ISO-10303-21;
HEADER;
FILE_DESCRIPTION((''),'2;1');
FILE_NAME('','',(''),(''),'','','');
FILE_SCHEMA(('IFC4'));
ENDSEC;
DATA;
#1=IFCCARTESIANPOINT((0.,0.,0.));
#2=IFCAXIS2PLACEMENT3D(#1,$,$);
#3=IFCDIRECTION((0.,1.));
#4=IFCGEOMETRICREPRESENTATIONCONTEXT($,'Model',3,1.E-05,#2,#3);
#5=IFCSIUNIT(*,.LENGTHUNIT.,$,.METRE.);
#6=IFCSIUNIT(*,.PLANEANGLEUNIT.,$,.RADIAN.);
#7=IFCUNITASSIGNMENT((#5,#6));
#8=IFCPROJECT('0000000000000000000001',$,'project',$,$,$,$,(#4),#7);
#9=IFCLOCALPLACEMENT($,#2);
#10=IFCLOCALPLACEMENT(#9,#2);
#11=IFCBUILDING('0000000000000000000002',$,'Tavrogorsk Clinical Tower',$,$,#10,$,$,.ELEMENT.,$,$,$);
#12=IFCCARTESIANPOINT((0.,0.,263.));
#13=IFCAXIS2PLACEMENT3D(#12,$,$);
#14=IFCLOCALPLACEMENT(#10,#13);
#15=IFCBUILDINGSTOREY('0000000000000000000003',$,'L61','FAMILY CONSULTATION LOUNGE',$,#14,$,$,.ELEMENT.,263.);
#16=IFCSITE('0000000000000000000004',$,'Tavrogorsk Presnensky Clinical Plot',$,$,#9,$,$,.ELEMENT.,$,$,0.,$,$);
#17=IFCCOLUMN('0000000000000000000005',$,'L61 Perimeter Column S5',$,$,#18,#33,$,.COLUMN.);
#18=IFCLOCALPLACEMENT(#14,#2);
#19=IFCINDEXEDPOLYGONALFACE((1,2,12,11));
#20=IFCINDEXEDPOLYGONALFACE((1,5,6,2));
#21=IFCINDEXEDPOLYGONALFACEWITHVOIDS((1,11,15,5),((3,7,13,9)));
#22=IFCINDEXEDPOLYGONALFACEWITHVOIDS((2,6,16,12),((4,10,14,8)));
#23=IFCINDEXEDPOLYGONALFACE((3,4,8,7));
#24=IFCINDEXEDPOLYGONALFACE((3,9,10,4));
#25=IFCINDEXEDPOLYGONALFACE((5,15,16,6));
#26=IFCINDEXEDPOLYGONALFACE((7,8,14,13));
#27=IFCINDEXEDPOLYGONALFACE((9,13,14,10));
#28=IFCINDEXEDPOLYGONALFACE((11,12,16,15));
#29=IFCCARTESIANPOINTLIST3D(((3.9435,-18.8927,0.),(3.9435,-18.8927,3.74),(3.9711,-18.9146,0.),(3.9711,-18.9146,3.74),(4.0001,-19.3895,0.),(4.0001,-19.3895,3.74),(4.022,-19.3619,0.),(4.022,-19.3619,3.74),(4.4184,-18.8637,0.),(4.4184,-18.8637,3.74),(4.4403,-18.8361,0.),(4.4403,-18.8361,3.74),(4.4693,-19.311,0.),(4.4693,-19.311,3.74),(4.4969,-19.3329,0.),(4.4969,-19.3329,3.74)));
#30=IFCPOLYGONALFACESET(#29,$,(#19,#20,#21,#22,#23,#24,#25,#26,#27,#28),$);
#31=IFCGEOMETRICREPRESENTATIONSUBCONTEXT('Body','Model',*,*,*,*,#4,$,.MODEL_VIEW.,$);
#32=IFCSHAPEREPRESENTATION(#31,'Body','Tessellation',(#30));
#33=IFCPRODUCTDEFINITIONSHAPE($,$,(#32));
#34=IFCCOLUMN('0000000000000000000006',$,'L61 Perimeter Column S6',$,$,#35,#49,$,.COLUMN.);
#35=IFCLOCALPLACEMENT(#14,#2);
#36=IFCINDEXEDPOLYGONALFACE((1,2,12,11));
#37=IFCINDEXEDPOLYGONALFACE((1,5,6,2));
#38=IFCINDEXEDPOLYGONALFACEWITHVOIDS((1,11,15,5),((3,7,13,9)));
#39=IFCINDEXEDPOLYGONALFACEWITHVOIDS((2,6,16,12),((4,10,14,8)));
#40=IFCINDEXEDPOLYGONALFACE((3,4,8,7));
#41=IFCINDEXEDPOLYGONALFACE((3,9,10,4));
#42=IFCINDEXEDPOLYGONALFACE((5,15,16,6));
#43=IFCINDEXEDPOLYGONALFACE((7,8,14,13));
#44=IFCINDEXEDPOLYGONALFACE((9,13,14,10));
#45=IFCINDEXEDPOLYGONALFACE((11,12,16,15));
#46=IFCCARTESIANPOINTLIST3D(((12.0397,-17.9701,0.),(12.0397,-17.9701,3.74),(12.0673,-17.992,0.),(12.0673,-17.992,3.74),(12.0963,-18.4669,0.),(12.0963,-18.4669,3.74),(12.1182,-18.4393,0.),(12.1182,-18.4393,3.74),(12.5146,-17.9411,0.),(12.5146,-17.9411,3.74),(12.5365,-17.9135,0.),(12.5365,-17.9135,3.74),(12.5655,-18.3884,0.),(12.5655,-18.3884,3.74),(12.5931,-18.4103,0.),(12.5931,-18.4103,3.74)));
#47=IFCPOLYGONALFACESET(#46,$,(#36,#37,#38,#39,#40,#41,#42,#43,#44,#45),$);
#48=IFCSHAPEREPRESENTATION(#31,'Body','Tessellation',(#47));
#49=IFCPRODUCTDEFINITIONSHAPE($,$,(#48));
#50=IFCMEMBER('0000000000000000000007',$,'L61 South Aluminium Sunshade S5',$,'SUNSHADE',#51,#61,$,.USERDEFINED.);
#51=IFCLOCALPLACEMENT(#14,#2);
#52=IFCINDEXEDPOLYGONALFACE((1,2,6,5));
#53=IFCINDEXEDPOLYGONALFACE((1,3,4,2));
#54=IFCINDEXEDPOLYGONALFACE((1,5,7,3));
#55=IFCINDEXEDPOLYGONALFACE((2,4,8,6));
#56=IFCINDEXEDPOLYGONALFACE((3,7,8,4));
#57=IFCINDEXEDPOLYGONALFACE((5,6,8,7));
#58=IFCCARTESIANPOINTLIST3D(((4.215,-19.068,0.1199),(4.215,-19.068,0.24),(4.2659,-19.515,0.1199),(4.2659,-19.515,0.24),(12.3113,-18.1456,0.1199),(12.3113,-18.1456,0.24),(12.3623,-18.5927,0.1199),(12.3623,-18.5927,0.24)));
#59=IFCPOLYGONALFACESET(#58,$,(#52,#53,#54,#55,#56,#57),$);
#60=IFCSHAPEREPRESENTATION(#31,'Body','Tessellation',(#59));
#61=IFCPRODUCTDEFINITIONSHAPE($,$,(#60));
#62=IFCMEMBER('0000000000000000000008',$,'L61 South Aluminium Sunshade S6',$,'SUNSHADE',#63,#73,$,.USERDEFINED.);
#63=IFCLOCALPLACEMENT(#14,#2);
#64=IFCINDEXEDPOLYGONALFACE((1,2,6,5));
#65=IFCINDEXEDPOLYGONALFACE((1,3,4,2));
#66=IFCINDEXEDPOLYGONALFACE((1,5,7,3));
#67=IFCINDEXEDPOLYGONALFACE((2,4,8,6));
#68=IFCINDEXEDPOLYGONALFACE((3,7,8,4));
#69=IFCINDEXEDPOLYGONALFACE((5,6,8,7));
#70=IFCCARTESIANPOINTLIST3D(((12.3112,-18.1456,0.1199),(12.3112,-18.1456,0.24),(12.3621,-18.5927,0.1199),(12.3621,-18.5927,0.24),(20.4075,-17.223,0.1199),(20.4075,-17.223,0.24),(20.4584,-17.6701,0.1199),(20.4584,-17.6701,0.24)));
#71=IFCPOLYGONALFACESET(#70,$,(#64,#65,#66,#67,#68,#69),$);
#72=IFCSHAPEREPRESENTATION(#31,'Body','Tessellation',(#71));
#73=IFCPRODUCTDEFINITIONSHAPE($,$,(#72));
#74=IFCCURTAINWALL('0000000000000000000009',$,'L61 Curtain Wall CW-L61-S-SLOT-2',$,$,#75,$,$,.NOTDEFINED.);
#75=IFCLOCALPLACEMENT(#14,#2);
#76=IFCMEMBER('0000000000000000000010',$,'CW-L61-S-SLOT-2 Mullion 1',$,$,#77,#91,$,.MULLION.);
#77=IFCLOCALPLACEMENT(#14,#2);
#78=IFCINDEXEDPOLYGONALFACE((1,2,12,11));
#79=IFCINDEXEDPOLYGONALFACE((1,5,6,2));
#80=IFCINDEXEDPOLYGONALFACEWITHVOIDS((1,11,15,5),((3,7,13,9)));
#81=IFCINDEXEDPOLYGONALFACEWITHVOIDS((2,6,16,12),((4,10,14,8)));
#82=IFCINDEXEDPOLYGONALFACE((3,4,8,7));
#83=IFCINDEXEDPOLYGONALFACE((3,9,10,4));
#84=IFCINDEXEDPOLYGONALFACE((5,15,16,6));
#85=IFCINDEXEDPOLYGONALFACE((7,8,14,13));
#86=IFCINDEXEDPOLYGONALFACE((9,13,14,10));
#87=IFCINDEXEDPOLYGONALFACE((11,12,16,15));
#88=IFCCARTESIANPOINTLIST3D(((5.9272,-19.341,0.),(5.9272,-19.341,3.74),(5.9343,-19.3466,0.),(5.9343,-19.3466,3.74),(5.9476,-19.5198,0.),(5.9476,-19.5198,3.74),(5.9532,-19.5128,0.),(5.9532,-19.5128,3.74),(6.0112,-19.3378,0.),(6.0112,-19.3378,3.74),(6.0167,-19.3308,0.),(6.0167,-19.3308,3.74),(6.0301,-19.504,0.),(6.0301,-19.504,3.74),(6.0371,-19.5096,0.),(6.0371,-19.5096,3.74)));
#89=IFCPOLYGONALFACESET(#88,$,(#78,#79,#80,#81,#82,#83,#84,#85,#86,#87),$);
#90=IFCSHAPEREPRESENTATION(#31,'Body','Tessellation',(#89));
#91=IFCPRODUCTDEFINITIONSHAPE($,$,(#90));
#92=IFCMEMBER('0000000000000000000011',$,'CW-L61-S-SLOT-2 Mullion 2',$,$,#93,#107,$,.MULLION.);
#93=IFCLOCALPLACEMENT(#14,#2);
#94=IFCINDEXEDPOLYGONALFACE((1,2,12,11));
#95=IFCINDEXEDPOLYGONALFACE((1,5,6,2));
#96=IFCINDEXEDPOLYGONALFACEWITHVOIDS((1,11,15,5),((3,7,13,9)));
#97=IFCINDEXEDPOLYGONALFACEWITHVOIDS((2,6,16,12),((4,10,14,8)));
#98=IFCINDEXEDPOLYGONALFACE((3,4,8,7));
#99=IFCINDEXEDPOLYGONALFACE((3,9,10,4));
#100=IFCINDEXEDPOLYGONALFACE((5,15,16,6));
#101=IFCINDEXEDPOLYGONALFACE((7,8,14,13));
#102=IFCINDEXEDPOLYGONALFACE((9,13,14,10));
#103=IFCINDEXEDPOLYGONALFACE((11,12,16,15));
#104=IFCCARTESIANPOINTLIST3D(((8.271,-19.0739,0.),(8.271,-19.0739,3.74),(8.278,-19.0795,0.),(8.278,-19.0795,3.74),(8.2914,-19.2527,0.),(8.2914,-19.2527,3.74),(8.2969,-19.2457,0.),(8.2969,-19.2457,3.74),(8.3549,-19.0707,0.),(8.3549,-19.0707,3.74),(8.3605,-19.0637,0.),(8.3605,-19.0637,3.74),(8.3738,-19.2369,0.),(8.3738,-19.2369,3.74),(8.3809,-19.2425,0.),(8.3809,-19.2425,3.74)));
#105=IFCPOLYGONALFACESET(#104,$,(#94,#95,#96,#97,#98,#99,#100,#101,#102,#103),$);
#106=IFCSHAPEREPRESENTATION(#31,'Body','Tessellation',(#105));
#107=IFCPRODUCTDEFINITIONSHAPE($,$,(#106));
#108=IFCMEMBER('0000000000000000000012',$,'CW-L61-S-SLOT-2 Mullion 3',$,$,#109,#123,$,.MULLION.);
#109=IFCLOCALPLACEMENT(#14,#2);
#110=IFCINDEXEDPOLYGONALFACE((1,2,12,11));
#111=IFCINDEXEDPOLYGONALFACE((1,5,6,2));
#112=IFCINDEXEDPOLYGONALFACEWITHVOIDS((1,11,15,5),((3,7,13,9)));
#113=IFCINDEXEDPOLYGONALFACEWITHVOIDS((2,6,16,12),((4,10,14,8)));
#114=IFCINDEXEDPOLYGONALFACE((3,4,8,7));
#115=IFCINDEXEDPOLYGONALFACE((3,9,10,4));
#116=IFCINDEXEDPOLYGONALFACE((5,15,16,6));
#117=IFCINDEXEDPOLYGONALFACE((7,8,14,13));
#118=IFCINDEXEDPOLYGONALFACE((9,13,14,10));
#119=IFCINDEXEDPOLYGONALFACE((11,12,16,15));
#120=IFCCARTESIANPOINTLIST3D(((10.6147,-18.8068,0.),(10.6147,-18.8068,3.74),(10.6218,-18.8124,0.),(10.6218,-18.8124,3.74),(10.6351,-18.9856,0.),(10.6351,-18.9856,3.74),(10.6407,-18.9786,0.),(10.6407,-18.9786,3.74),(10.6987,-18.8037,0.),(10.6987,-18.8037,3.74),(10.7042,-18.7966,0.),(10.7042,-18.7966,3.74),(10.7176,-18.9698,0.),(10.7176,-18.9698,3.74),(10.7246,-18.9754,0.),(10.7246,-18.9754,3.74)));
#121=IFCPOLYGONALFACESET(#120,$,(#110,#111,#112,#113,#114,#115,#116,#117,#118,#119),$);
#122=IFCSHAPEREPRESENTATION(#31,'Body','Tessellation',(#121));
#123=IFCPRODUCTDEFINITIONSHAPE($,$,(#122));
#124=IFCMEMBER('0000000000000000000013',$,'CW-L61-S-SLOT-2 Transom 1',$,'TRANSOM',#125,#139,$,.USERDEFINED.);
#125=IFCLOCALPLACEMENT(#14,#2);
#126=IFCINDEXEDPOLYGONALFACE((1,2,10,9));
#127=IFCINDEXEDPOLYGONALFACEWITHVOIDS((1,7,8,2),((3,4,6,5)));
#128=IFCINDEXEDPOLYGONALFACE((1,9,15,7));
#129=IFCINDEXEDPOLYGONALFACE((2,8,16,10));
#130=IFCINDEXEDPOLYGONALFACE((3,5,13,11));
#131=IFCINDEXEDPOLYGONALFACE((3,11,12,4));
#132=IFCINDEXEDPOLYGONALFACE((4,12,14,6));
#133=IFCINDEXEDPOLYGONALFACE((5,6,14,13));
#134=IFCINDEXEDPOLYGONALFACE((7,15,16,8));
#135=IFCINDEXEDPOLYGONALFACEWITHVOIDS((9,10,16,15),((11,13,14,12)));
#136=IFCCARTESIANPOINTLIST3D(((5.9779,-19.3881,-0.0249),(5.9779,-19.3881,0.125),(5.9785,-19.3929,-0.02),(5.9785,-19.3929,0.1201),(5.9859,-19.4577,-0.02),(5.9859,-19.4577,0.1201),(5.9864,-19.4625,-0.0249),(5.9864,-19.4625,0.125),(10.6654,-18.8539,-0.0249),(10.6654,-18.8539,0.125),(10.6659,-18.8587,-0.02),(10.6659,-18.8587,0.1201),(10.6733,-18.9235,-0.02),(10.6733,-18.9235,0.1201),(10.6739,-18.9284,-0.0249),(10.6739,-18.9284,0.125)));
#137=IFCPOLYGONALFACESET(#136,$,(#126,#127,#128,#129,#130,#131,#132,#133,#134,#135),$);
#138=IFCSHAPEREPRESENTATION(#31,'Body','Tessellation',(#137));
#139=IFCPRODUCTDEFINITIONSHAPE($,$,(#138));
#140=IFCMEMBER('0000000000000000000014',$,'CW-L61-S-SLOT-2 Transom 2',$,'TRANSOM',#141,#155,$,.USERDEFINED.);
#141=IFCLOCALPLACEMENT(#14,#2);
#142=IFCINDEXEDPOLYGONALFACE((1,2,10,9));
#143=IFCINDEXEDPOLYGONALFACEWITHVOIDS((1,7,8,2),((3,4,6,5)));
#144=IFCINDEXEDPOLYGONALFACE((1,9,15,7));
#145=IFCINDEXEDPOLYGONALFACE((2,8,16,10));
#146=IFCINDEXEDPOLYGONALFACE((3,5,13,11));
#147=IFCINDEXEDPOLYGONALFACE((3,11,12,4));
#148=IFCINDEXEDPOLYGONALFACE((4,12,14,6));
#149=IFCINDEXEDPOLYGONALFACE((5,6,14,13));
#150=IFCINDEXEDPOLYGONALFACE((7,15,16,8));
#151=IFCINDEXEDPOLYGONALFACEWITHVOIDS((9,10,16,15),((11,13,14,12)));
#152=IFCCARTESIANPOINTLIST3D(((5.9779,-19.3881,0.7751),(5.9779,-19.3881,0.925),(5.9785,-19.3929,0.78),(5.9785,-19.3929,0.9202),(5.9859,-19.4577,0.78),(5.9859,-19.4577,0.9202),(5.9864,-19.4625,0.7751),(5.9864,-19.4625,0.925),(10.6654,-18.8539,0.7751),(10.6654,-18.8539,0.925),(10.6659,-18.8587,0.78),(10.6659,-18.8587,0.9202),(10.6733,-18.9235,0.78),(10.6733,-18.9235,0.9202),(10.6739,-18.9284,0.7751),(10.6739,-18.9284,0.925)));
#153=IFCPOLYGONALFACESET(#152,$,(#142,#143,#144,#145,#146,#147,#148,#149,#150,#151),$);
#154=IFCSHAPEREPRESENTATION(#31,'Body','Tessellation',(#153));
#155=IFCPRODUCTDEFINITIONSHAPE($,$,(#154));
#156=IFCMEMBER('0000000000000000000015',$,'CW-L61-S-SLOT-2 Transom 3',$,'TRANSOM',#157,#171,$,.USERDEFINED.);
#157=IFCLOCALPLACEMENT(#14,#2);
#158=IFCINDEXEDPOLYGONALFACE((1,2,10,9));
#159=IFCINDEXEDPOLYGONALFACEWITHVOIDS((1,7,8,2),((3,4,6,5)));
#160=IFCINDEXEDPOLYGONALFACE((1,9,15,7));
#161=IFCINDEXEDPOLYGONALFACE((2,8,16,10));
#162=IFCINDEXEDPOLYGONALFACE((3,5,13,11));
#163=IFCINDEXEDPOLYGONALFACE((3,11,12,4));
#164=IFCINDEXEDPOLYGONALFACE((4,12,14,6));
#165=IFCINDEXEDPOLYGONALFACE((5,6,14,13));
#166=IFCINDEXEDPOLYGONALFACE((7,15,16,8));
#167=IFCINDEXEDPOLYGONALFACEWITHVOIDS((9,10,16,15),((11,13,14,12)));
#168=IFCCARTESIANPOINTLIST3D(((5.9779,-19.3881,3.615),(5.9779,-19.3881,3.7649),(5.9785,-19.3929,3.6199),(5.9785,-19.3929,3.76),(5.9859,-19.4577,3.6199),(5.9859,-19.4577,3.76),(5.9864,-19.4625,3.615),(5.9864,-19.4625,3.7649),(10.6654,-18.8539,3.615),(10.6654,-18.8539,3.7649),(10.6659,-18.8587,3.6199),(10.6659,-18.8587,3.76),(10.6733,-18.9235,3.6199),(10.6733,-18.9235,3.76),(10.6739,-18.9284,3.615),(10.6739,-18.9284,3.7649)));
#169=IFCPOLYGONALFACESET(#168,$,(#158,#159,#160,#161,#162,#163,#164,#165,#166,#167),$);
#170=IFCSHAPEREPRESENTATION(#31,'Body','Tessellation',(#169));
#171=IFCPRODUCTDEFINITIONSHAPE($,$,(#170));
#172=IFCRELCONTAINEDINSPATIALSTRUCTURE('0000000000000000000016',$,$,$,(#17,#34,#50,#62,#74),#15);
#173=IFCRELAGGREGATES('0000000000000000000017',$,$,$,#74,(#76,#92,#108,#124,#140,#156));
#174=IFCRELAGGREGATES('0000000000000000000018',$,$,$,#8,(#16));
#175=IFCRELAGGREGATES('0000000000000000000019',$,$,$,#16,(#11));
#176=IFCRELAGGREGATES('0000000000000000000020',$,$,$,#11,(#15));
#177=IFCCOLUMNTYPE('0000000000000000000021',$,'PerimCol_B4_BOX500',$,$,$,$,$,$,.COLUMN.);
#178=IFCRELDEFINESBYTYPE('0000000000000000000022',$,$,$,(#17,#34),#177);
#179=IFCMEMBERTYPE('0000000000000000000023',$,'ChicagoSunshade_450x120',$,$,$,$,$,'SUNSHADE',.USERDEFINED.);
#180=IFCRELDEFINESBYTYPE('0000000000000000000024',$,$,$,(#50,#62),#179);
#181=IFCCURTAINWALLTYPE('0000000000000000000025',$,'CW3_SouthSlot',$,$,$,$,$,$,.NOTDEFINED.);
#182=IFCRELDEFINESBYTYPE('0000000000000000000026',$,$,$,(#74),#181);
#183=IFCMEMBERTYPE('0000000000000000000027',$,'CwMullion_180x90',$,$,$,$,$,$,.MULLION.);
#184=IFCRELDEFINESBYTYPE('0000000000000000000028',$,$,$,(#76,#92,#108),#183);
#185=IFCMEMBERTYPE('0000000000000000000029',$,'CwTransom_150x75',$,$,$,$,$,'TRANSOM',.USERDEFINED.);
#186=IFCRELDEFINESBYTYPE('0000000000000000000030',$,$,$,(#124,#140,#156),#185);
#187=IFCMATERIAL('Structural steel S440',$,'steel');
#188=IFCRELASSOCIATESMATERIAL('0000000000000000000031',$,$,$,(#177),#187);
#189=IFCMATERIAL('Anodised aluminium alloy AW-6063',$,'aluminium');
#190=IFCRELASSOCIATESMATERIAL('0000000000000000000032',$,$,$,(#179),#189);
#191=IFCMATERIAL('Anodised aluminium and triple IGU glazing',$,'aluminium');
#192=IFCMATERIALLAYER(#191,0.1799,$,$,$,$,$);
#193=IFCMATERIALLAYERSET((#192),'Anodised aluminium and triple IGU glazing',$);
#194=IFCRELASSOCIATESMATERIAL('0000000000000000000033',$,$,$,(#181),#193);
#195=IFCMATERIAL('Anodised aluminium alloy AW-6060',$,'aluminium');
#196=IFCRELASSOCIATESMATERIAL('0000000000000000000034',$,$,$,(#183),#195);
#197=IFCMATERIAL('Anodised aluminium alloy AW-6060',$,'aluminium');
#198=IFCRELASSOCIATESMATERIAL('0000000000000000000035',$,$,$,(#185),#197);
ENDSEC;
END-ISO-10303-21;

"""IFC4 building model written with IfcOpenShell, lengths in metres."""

from ifc_helpers import new_model, si_unit, direction, frame, origin, origin_2d, place, context, subcontext, project, spatial, rectangle, hollow_rectangle, extrude, material, layer, layer_set, material_profile, profile_set, type_object, element, aggregate, save


model = new_model("IFC4")

# Units and contexts
model_context = context("Model", 3, precision=1e-05, world=origin(), true_north=direction((0.0, 1.0)))
body_context = subcontext(model_context, "Body", "Model", "MODEL_VIEW")
ifc_project = project(units=[si_unit("LENGTHUNIT", "METRE"), si_unit("PLANEANGLEUNIT", "RADIAN")], contexts=[model_context])

# Site, building, storey
site_placement = place(None, origin())
site = spatial("IfcSite", under=ifc_project, at=site_placement, Name="Tavrogorsk Presnensky Clinical Plot", CompositionType="ELEMENT", RefElevation=0.0)
building_placement = place(site_placement, origin())
building = spatial("IfcBuilding", under=site, at=building_placement, Name="Tavrogorsk Clinical Tower", CompositionType="ELEMENT")
storey_placement = place(building_placement, frame((0.0, 0.0, 263.0)))
storey = spatial("IfcBuildingStorey", under=building, at=storey_placement, Name="L61", Description="FAMILY CONSULTATION LOUNGE", CompositionType="ELEMENT", Elevation=263.0)

# Columns
ifc_material_1 = material(Name="Structural steel S440", Category="steel")
ifc_material_profile_1 = material_profile(ifc_material_1, hollow_rectangle(XDim=0.5, YDim=0.5, WallThickness=0.0249, at=origin_2d()), Name="BOX-500x500x25")
ifc_profile_set_1 = profile_set([ifc_material_profile_1], Name="Structural steel S440")
column_type = type_object("IfcColumnType", Name="PerimCol_B4_BOX500", PredefinedType="COLUMN", material=ifc_profile_set_1)
for number, where, z_axis, x_axis, name in (
    (1, (4.2202, -19.1128, 0.0), (0.0, 0.0, 1.0), (0.993572, 0.113203, 0.0), "L61 Perimeter Column S5"),
    (2, (12.3164, -18.1902, 0.0), (0.0, 0.0, 1.0), (0.993572, 0.113203, 0.0), "L61 Perimeter Column S6"),
):
    element("IfcColumn", number, at=place(storey_placement, frame(where, z_axis=z_axis, x_axis=x_axis)), inside=storey, type_object=column_type, Name=name, PredefinedType="COLUMN", context=body_context, shape_type="SweptSolid", body=[
        extrude(hollow_rectangle(XDim=0.5, YDim=0.5, WallThickness=0.0249, at=origin_2d()), origin(), (0.0, 0.0, 1.0), 3.74),
    ])

# Members
ifc_material_2 = material(Name="Anodised aluminium alloy AW-6063", Category="aluminium")
ifc_material_profile_2 = material_profile(ifc_material_2, rectangle(XDim=0.45, YDim=0.1201, at=origin_2d()), Name="ALU-SUNSHADE-450x120")
ifc_profile_set_2 = profile_set([ifc_material_profile_2], Name="Anodised aluminium alloy AW-6063")
member_type_1 = type_object("IfcMemberType", Name="ChicagoSunshade_450x120", ElementType="SUNSHADE", PredefinedType="USERDEFINED", material=ifc_profile_set_2)
for number, where, z_axis, x_axis, name in (
    (3, (4.2405, -19.2915, 0.1799), (0.993573, 0.113193, 0.0), (-0.113193, 0.993573, 0.0), "L61 South Aluminium Sunshade S5"),
    (4, (12.3367, -18.3691, 0.1799), (0.99357, 0.113223, 0.0), (-0.113223, 0.99357, 0.0), "L61 South Aluminium Sunshade S6"),
):
    element("IfcMember", number, at=place(storey_placement, frame(where, z_axis=z_axis, x_axis=x_axis)), inside=storey, type_object=member_type_1, Name=name, ObjectType="SUNSHADE", PredefinedType="USERDEFINED", context=body_context, shape_type="SweptSolid", body=[
        extrude(rectangle(XDim=0.45, YDim=0.1201, at=origin_2d()), origin(), (0.0, 0.0, 1.0), 8.1487),
    ])

# Curtain wall, members
ifc_material_3 = material(Name="Anodised aluminium and triple IGU glazing", Category="aluminium")
ifc_layer_1 = layer(ifc_material_3, 0.1799)
ifc_layer_set_1 = layer_set([ifc_layer_1], Name="Anodised aluminium and triple IGU glazing")
curtain_wall_type = type_object("IfcCurtainWallType", Name="CW3_SouthSlot", PredefinedType="NOTDEFINED", material=ifc_layer_set_1)
curtain_wall_placement = place(storey_placement, origin())
curtain_wall = element("IfcCurtainWall", 5, at=curtain_wall_placement, inside=storey, type_object=curtain_wall_type, Name="L61 Curtain Wall CW-L61-S-SLOT-2", PredefinedType="NOTDEFINED")
ifc_material_4 = material(Name="Anodised aluminium alloy AW-6060", Category="aluminium")
ifc_material_profile_3 = material_profile(ifc_material_4, hollow_rectangle(XDim=0.0901, YDim=0.1799, WallThickness=0.0063, at=origin_2d()), Name="RHS-180x90x6.3")
ifc_profile_set_3 = profile_set([ifc_material_profile_3], Name="Anodised aluminium alloy AW-6060")
member_type_2 = type_object("IfcMemberType", Name="CwMullion_180x90", PredefinedType="MULLION", material=ifc_profile_set_3)
member_1_placement = place(storey_placement, frame((5.9822, -19.4253, 0.0), z_axis=(0.0, 0.0, 1.0), x_axis=(0.993572, 0.113203, 0.0)))
member_1 = element("IfcMember", 6, at=member_1_placement, type_object=member_type_2, Name="CW-L61-S-SLOT-2 Mullion 1", PredefinedType="MULLION", context=body_context, shape_type="SweptSolid", body=[
    extrude(hollow_rectangle(XDim=0.0901, YDim=0.1799, WallThickness=0.0063, at=origin_2d()), origin(), (0.0, 0.0, 1.0), 3.74),
])
member_2_placement = place(storey_placement, frame((8.3259, -19.1582, 0.0), z_axis=(0.0, 0.0, 1.0), x_axis=(0.993572, 0.113203, 0.0)))
member_2 = element("IfcMember", 7, at=member_2_placement, type_object=member_type_2, Name="CW-L61-S-SLOT-2 Mullion 2", PredefinedType="MULLION", context=body_context, shape_type="SweptSolid", body=[
    extrude(hollow_rectangle(XDim=0.0901, YDim=0.1799, WallThickness=0.0063, at=origin_2d()), origin(), (0.0, 0.0, 1.0), 3.74),
])
member_3_placement = place(storey_placement, frame((10.6697, -18.8911, 0.0), z_axis=(0.0, 0.0, 1.0), x_axis=(0.993572, 0.113203, 0.0)))
member_3 = element("IfcMember", 8, at=member_3_placement, type_object=member_type_2, Name="CW-L61-S-SLOT-2 Mullion 3", PredefinedType="MULLION", context=body_context, shape_type="SweptSolid", body=[
    extrude(hollow_rectangle(XDim=0.0901, YDim=0.1799, WallThickness=0.0063, at=origin_2d()), origin(), (0.0, 0.0, 1.0), 3.74),
])
ifc_material_5 = material(Name="Anodised aluminium alloy AW-6060", Category="aluminium")
ifc_material_profile_4 = material_profile(ifc_material_5, hollow_rectangle(XDim=0.075, YDim=0.1499, WallThickness=0.0049, at=origin_2d()), Name="RHS-150x75x5")
ifc_profile_set_4 = profile_set([ifc_material_profile_4], Name="Anodised aluminium alloy AW-6060")
member_type_3 = type_object("IfcMemberType", Name="CwTransom_150x75", ElementType="TRANSOM", PredefinedType="USERDEFINED", material=ifc_profile_set_4)
member_4_placement = place(storey_placement, frame((5.9822, -19.4253, 0.05), z_axis=(0.993569, 0.113226, 0.0), x_axis=(-0.113226, 0.993569, 0.0)))
member_4 = element("IfcMember", 9, at=member_4_placement, type_object=member_type_3, Name="CW-L61-S-SLOT-2 Transom 1", ObjectType="TRANSOM", PredefinedType="USERDEFINED", context=body_context, shape_type="SweptSolid", body=[
    extrude(hollow_rectangle(XDim=0.075, YDim=0.1499, WallThickness=0.0049, at=origin_2d()), origin(), (0.0, 0.0, 1.0), 4.7178),
])
member_5_placement = place(storey_placement, frame((5.9822, -19.4253, 0.8501), z_axis=(0.993569, 0.113226, 0.0), x_axis=(-0.113226, 0.993569, 0.0)))
member_5 = element("IfcMember", 10, at=member_5_placement, type_object=member_type_3, Name="CW-L61-S-SLOT-2 Transom 2", ObjectType="TRANSOM", PredefinedType="USERDEFINED", context=body_context, shape_type="SweptSolid", body=[
    extrude(hollow_rectangle(XDim=0.075, YDim=0.1499, WallThickness=0.0049, at=origin_2d()), origin(), (0.0, 0.0, 1.0), 4.7178),
])
member_6_placement = place(storey_placement, frame((5.9822, -19.4253, 3.6899), z_axis=(0.993569, 0.113226, 0.0), x_axis=(-0.113226, 0.993569, 0.0)))
member_6 = element("IfcMember", 11, at=member_6_placement, type_object=member_type_3, Name="CW-L61-S-SLOT-2 Transom 3", ObjectType="TRANSOM", PredefinedType="USERDEFINED", context=body_context, shape_type="SweptSolid", body=[
    extrude(hollow_rectangle(XDim=0.075, YDim=0.1499, WallThickness=0.0049, at=origin_2d()), origin(), (0.0, 0.0, 1.0), 4.7178),
])

aggregate(curtain_wall, [member_1, member_2, member_3, member_4, member_5, member_6])

save(model, "model.ifc")
